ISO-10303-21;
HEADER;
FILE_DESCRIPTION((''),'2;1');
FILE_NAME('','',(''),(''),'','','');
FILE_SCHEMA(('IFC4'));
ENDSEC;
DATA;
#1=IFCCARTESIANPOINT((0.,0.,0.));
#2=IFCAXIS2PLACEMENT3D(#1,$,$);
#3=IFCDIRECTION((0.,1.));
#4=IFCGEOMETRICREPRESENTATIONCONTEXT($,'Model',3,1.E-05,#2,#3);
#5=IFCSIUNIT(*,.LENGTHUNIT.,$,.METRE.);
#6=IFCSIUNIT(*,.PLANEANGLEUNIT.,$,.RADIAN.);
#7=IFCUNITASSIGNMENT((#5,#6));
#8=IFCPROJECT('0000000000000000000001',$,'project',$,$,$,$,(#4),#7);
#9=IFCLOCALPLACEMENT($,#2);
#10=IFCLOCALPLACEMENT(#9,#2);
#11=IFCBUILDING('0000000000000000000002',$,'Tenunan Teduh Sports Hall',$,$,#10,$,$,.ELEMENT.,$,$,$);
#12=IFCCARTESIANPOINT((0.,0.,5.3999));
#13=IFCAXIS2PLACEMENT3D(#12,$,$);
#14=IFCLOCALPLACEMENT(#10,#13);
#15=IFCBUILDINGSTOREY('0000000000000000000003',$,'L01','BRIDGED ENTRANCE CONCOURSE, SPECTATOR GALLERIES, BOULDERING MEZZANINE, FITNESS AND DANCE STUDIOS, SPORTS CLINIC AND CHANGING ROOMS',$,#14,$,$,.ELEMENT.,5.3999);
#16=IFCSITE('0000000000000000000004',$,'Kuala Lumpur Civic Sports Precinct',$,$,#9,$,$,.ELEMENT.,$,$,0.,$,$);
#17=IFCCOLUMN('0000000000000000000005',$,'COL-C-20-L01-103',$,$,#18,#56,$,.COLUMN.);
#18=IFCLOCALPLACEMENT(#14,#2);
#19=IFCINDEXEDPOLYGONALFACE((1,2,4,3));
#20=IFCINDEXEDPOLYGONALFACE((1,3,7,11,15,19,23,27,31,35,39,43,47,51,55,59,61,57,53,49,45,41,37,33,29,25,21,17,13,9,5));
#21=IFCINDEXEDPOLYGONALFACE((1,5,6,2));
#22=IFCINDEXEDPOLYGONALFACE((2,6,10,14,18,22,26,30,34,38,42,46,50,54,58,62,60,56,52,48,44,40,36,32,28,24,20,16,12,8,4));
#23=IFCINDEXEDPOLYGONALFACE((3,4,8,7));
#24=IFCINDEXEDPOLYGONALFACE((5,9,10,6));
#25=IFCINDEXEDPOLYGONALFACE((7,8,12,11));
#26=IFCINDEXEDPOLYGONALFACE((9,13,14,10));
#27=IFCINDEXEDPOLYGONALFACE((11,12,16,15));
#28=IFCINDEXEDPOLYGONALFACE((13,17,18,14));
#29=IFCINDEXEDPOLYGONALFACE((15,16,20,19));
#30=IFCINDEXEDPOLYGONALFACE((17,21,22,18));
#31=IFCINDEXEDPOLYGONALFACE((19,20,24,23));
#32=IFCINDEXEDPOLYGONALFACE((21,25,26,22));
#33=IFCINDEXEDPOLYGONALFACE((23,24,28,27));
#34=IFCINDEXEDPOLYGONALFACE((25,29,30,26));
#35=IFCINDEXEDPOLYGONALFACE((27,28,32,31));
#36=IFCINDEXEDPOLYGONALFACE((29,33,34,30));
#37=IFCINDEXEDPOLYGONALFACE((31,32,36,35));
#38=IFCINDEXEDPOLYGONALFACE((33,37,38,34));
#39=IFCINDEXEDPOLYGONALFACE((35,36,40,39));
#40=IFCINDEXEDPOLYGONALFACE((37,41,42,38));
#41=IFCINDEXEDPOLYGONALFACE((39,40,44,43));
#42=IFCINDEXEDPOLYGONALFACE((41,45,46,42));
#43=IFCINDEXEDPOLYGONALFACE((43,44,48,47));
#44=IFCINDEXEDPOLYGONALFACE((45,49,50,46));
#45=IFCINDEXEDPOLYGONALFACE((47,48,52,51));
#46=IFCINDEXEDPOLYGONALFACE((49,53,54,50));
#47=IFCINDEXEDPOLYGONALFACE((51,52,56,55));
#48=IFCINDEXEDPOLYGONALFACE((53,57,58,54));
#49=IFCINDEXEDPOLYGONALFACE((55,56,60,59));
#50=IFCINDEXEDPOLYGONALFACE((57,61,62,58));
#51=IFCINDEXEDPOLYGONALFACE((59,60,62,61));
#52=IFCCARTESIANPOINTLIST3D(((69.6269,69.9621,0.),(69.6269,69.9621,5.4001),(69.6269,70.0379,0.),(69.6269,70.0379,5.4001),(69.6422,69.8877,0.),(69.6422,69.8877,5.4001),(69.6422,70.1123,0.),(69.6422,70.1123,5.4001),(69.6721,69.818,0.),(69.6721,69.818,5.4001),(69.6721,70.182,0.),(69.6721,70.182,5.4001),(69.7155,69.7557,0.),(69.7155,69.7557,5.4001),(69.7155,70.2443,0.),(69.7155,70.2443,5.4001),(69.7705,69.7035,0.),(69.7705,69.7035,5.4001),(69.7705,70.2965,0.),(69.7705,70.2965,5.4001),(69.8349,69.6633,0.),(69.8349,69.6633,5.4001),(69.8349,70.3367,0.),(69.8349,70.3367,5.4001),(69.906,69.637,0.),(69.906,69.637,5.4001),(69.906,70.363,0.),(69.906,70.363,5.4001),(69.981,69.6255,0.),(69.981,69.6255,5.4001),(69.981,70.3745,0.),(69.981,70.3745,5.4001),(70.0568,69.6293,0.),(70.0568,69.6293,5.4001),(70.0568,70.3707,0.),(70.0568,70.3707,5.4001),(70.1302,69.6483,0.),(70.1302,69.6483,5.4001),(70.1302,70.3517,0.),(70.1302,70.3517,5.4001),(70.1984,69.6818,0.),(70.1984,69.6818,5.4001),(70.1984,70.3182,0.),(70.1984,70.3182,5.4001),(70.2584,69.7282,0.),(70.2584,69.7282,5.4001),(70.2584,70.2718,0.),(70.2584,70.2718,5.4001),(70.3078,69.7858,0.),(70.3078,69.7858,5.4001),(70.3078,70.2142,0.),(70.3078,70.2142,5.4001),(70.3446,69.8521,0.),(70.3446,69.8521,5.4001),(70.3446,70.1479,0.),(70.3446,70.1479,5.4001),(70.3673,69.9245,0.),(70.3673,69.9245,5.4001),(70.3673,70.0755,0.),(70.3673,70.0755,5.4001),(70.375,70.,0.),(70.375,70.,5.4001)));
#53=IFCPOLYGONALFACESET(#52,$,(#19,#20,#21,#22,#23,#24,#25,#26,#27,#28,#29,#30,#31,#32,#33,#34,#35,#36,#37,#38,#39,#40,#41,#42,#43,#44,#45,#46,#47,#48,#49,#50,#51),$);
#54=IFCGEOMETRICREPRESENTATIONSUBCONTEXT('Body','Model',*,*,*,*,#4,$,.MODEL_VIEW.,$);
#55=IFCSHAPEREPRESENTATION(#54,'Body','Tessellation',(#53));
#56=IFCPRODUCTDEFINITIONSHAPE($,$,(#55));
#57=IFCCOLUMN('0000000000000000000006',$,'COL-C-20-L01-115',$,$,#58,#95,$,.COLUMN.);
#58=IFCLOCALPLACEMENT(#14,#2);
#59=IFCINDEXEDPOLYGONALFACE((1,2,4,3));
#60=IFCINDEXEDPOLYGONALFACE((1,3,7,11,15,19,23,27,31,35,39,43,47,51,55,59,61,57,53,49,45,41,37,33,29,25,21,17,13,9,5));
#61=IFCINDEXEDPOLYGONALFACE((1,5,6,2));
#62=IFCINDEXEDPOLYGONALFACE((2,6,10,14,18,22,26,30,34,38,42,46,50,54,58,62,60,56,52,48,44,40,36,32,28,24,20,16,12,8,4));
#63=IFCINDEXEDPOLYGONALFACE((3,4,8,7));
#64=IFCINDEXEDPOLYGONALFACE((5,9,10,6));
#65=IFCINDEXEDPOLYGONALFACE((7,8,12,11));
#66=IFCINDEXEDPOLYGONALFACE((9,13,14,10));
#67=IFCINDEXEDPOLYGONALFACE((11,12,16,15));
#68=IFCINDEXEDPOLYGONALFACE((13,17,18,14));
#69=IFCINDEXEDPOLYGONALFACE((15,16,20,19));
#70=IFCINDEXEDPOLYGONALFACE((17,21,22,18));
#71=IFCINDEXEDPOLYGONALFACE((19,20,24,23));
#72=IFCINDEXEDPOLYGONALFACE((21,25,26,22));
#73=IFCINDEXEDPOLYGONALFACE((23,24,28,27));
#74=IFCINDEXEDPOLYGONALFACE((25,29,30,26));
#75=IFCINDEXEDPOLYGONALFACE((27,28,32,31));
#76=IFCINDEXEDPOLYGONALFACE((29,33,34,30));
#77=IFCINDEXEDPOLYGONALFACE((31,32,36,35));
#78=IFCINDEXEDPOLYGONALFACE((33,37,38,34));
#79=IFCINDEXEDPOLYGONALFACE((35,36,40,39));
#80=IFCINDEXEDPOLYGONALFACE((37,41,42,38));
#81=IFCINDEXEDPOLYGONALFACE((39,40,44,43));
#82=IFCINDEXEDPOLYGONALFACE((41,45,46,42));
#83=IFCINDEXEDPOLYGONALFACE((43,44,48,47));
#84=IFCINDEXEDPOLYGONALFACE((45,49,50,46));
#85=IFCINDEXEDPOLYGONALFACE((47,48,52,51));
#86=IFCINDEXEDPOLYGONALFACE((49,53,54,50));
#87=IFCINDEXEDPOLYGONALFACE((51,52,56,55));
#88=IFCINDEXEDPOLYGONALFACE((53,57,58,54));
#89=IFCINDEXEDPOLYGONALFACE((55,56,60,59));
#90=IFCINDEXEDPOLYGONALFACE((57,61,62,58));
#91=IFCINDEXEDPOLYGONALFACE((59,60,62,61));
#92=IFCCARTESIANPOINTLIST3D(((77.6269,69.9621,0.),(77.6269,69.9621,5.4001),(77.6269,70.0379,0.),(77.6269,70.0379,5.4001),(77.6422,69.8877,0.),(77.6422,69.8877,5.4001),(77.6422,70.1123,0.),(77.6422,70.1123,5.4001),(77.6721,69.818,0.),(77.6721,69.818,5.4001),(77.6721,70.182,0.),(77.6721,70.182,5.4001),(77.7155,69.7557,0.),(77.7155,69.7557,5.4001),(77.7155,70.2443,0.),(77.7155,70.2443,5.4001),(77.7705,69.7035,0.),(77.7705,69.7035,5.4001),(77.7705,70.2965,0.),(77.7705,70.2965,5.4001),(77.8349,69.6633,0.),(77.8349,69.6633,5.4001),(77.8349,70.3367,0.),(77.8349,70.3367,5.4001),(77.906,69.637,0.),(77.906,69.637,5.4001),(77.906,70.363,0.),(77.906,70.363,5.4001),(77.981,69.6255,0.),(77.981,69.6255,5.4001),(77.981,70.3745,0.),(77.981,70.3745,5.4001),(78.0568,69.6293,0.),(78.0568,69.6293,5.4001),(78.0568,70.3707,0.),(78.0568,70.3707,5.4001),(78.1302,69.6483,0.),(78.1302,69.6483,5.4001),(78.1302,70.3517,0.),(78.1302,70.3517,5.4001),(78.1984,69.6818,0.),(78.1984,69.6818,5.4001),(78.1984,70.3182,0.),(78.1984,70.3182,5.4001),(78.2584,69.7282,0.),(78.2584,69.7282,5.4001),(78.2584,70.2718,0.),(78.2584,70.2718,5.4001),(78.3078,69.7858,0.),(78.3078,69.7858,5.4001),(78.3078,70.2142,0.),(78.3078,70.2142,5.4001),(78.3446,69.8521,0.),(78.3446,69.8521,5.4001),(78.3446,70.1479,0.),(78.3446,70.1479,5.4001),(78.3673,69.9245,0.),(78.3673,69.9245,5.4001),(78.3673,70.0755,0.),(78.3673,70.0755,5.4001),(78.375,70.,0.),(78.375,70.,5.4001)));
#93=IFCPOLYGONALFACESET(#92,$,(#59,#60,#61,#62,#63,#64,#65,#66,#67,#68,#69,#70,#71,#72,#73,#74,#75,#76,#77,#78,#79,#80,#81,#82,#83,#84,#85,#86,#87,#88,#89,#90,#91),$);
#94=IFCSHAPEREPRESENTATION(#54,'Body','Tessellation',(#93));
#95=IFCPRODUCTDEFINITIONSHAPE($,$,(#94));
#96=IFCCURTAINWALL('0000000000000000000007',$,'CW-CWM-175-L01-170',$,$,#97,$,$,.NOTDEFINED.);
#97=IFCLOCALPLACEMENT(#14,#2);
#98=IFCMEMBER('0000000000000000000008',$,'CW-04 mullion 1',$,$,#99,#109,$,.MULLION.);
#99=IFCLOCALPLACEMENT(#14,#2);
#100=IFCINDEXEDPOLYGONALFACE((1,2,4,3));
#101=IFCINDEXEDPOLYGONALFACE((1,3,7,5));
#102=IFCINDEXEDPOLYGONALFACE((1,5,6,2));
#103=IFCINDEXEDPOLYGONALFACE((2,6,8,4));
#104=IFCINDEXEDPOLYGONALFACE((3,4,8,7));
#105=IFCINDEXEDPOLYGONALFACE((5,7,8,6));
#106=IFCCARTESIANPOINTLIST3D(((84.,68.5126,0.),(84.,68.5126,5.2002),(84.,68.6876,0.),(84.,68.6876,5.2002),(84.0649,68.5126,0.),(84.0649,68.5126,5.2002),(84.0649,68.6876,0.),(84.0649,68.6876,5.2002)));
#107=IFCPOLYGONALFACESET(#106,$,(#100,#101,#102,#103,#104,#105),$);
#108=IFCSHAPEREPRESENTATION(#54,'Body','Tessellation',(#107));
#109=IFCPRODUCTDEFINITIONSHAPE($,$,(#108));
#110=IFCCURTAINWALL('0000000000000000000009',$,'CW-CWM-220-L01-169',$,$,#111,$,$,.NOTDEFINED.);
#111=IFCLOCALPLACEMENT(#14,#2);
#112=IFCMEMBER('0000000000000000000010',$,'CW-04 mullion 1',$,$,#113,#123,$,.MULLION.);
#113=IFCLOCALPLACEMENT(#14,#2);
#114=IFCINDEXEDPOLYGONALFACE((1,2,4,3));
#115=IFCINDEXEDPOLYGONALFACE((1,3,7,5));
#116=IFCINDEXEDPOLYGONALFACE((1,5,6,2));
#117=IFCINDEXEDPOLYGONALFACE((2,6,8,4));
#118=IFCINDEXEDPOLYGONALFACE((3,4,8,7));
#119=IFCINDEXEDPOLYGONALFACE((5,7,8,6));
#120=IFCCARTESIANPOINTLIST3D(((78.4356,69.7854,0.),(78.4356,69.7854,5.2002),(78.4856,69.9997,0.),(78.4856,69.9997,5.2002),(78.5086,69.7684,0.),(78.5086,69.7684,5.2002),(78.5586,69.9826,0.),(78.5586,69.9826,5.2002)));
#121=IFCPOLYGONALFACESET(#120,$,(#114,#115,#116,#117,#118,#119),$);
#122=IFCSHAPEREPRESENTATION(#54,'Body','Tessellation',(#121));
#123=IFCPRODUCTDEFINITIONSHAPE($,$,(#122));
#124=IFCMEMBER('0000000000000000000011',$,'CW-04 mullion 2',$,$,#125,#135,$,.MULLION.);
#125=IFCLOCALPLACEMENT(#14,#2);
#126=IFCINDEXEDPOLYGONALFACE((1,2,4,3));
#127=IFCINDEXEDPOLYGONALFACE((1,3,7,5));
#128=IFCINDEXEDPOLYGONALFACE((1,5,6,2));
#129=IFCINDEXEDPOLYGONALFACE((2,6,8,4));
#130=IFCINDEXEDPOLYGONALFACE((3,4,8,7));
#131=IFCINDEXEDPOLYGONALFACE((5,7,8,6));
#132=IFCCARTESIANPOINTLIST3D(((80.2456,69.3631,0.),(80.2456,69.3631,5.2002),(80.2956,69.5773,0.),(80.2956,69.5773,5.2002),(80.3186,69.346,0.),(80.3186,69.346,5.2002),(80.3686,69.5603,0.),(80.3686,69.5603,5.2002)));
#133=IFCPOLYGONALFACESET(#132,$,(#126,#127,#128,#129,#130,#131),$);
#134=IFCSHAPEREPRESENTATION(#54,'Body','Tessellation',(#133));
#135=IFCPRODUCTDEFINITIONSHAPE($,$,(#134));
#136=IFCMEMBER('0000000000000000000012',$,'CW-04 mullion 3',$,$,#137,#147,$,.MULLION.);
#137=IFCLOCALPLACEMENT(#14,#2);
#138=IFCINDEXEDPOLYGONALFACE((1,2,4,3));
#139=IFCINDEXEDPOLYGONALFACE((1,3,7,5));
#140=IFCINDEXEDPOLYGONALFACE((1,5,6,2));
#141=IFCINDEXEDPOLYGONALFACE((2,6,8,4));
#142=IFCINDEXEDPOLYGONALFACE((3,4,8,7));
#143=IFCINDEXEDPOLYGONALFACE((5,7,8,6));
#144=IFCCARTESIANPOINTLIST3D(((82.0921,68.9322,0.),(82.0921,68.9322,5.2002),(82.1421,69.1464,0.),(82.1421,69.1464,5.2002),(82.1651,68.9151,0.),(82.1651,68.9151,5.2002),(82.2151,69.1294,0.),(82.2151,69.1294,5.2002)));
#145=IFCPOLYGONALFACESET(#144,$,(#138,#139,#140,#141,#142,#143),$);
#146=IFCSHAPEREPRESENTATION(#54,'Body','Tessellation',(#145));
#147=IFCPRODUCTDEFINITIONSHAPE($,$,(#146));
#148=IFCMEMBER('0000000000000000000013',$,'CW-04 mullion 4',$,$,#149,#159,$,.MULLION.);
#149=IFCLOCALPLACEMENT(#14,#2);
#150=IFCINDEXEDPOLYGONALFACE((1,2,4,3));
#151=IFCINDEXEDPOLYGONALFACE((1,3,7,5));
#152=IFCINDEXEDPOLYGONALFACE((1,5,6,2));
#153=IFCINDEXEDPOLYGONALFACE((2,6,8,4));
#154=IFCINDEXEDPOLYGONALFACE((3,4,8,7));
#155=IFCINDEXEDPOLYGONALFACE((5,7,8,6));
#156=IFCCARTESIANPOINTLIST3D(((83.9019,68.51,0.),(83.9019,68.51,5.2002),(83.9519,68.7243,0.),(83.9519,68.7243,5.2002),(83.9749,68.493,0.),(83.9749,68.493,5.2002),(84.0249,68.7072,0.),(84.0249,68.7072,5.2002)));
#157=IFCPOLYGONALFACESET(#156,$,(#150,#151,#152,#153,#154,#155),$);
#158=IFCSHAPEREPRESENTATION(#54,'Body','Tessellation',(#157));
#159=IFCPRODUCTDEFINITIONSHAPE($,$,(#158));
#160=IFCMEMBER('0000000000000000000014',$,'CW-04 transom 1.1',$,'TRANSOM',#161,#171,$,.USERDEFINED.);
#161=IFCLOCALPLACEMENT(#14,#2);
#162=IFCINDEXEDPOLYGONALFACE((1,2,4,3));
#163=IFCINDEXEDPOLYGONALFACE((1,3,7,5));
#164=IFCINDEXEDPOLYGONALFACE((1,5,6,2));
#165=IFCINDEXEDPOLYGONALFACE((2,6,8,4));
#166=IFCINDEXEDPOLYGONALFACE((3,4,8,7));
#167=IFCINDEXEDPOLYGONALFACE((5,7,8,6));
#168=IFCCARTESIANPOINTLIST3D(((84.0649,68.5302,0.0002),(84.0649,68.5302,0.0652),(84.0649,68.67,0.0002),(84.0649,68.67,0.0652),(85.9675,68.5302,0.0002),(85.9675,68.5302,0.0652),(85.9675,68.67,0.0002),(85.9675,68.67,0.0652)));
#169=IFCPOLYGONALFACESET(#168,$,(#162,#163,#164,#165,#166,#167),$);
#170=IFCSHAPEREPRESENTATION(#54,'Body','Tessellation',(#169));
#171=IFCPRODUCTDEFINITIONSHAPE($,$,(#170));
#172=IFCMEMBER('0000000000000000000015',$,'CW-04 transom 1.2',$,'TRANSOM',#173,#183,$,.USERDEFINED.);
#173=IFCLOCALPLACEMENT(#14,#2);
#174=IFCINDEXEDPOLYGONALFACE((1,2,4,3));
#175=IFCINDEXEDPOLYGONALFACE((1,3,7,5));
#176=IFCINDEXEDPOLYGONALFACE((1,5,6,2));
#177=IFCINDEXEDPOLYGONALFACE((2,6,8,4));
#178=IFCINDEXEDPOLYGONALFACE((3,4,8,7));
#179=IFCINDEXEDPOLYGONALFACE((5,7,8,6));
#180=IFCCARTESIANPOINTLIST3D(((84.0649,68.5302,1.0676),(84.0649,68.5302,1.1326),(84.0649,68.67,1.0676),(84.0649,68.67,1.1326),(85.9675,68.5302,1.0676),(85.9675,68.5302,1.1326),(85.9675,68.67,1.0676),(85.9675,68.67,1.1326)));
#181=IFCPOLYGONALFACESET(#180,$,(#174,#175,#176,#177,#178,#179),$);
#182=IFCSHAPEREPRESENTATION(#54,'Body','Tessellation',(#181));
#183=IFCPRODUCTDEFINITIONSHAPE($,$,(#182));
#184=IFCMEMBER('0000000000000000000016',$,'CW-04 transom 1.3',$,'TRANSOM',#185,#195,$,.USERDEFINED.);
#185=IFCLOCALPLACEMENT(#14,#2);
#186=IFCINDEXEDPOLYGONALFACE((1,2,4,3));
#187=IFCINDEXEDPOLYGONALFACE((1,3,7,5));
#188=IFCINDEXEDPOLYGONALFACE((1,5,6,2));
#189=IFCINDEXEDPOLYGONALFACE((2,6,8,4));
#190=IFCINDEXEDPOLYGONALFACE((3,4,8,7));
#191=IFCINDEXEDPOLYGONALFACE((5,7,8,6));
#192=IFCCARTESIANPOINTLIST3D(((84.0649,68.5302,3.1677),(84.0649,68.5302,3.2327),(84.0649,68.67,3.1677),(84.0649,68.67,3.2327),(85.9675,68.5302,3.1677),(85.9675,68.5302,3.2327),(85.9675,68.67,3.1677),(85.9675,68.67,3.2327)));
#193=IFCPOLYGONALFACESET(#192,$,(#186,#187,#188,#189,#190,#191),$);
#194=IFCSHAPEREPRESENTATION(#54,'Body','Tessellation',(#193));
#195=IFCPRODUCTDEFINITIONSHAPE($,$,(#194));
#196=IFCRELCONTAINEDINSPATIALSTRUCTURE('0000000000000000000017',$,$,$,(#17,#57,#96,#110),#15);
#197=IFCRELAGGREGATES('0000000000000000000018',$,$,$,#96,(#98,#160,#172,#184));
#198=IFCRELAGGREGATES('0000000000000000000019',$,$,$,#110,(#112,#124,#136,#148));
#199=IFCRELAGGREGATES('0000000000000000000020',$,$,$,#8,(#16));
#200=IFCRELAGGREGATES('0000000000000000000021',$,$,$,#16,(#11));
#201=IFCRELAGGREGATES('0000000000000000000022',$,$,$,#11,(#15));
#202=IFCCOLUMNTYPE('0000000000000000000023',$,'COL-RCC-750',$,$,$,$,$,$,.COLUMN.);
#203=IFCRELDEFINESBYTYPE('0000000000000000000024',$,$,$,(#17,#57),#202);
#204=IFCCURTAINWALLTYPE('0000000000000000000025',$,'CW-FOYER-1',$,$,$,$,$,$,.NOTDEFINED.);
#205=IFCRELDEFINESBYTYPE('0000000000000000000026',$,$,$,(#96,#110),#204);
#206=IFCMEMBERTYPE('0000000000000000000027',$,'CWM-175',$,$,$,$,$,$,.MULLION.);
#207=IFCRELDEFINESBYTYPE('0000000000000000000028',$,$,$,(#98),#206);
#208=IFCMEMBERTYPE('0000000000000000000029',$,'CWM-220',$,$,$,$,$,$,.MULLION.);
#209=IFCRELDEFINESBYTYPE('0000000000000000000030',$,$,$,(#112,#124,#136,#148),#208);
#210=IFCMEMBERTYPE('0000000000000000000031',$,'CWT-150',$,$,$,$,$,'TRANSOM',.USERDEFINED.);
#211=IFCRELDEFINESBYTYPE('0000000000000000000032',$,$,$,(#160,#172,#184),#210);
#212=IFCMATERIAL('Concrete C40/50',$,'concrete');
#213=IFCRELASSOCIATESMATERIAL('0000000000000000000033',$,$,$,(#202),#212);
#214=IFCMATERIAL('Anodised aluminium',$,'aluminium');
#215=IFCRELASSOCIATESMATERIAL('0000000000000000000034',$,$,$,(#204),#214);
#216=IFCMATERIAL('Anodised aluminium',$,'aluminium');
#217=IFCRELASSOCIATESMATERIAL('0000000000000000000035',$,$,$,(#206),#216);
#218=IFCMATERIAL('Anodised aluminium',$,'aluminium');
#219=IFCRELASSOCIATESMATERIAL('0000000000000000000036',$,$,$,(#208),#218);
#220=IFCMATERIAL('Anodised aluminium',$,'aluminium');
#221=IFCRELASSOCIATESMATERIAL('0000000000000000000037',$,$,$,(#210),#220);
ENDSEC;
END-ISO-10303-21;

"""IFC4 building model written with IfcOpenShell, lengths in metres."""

from ifc_helpers import new_model, si_unit, direction, frame, origin, origin_2d, place, context, subcontext, project, spatial, rectangle, circle, extrude, material, material_profile, profile_set, type_object, element, aggregate, save


model = new_model("IFC4")

# Units and contexts
model_context = context("Model", 3, precision=1e-05, world=origin(), true_north=direction((0.0, 1.0)))
body_context = subcontext(model_context, "Body", "Model", "MODEL_VIEW")
ifc_project = project(units=[si_unit("LENGTHUNIT", "METRE"), si_unit("PLANEANGLEUNIT", "RADIAN")], contexts=[model_context])

# Site, building, storey
site_placement = place(None, origin())
site = spatial("IfcSite", under=ifc_project, at=site_placement, Name="Kuala Lumpur Civic Sports Precinct", CompositionType="ELEMENT", RefElevation=0.0)
building_placement = place(site_placement, origin())
building = spatial("IfcBuilding", under=site, at=building_placement, Name="Tenunan Teduh Sports Hall", CompositionType="ELEMENT")
storey_placement = place(building_placement, frame((0.0, 0.0, 5.3999)))
storey = spatial("IfcBuildingStorey", under=building, at=storey_placement, Name="L01", Description="BRIDGED ENTRANCE CONCOURSE, SPECTATOR GALLERIES, BOULDERING MEZZANINE, FITNESS AND DANCE STUDIOS, SPORTS CLINIC AND CHANGING ROOMS", CompositionType="ELEMENT", Elevation=5.3999)

# Columns
ifc_material_1 = material(Name="Concrete C40/50", Category="concrete")
ifc_material_profile_1 = material_profile(ifc_material_1, circle(Radius=0.375, at=origin_2d()), Name="RCC D750")
ifc_profile_set_1 = profile_set([ifc_material_profile_1], Name="Concrete C40/50")
column_type = type_object("IfcColumnType", Name="COL-RCC-750", PredefinedType="COLUMN", material=ifc_profile_set_1)
for number, where, z_axis, x_axis, name in (
    (1, (70.0, 70.0, 0.0), (0.0, 0.0, 1.0), (1.0, 0.0, 0.0), "COL-C-20-L01-103"),
    (2, (78.0, 70.0, 0.0), (0.0, 0.0, 1.0), (1.0, 0.0, 0.0), "COL-C-20-L01-115"),
):
    element("IfcColumn", number, at=place(storey_placement, frame(where, z_axis=z_axis, x_axis=x_axis)), inside=storey, type_object=column_type, Name=name, PredefinedType="COLUMN", context=body_context, shape_type="SweptSolid", body=[
        extrude(circle(Radius=0.375, at=origin_2d()), origin(), (0.0, 0.0, 1.0), 5.4001),
    ])

# Curtain wall, member
ifc_material_2 = material(Name="Anodised aluminium", Category="aluminium")
curtain_wall_type = type_object("IfcCurtainWallType", Name="CW-FOYER-1", PredefinedType="NOTDEFINED", material=ifc_material_2)
curtain_wall_1_placement = place(storey_placement, origin())
curtain_wall_1 = element("IfcCurtainWall", 3, at=curtain_wall_1_placement, inside=storey, type_object=curtain_wall_type, Name="CW-CWM-175-L01-170", PredefinedType="NOTDEFINED")
ifc_material_3 = material(Name="Anodised aluminium", Category="aluminium")
ifc_material_profile_2 = material_profile(ifc_material_3, rectangle(XDim=0.0649, YDim=0.175, at=origin_2d()), Name="CWM 65x175")
ifc_profile_set_2 = profile_set([ifc_material_profile_2], Name="Anodised aluminium")
member_type_1 = type_object("IfcMemberType", Name="CWM-175", PredefinedType="MULLION", material=ifc_profile_set_2)
member_1_placement = place(storey_placement, frame((84.0325, 68.6001, 0.0), z_axis=(0.0, 0.0, 1.0), x_axis=(1.0, 0.0, 0.0)))
member_1 = element("IfcMember", 4, at=member_1_placement, type_object=member_type_1, Name="CW-04 mullion 1", PredefinedType="MULLION", context=body_context, shape_type="SweptSolid", body=[
    extrude(rectangle(XDim=0.0649, YDim=0.175, at=origin_2d()), origin(), (0.0, 0.0, 1.0), 5.2002),
])

# Curtain wall, members
curtain_wall_2_placement = place(storey_placement, origin())
curtain_wall_2 = element("IfcCurtainWall", 5, at=curtain_wall_2_placement, inside=storey, type_object=curtain_wall_type, Name="CW-CWM-220-L01-169", PredefinedType="NOTDEFINED")
ifc_material_4 = material(Name="Anodised aluminium", Category="aluminium")
ifc_material_profile_3 = material_profile(ifc_material_4, rectangle(XDim=0.075, YDim=0.22, at=origin_2d()), Name="CWM 75x220")
ifc_profile_set_3 = profile_set([ifc_material_profile_3], Name="Anodised aluminium")
member_type_2 = type_object("IfcMemberType", Name="CWM-220", PredefinedType="MULLION", material=ifc_profile_set_3)
member_2_placement = place(storey_placement, frame((78.4971, 69.884, 0.0), z_axis=(0.0, 0.0, 1.0), x_axis=(-0.973842, 0.227226, 0.0)))
member_2 = element("IfcMember", 6, at=member_2_placement, type_object=member_type_2, Name="CW-04 mullion 1", PredefinedType="MULLION", context=body_context, shape_type="SweptSolid", body=[
    extrude(rectangle(XDim=0.075, YDim=0.22, at=origin_2d()), origin(), (0.0, 0.0, 1.0), 5.2002),
])
member_3_placement = place(storey_placement, frame((80.3071, 69.4617, 0.0), z_axis=(0.0, 0.0, 1.0), x_axis=(-0.973842, 0.227226, 0.0)))
member_3 = element("IfcMember", 7, at=member_3_placement, type_object=member_type_2, Name="CW-04 mullion 2", PredefinedType="MULLION", context=body_context, shape_type="SweptSolid", body=[
    extrude(rectangle(XDim=0.075, YDim=0.22, at=origin_2d()), origin(), (0.0, 0.0, 1.0), 5.2002),
])
member_4_placement = place(storey_placement, frame((82.1536, 69.0308, 0.0), z_axis=(0.0, 0.0, 1.0), x_axis=(-0.973842, 0.227226, 0.0)))
member_4 = element("IfcMember", 8, at=member_4_placement, type_object=member_type_2, Name="CW-04 mullion 3", PredefinedType="MULLION", context=body_context, shape_type="SweptSolid", body=[
    extrude(rectangle(XDim=0.075, YDim=0.22, at=origin_2d()), origin(), (0.0, 0.0, 1.0), 5.2002),
])
member_5_placement = place(storey_placement, frame((83.9634, 68.6086, 0.0), z_axis=(0.0, 0.0, 1.0), x_axis=(-0.973842, 0.227226, 0.0)))
member_5 = element("IfcMember", 9, at=member_5_placement, type_object=member_type_2, Name="CW-04 mullion 4", PredefinedType="MULLION", context=body_context, shape_type="SweptSolid", body=[
    extrude(rectangle(XDim=0.075, YDim=0.22, at=origin_2d()), origin(), (0.0, 0.0, 1.0), 5.2002),
])

# Members
ifc_material_5 = material(Name="Anodised aluminium", Category="aluminium")
ifc_material_profile_4 = material_profile(ifc_material_5, rectangle(XDim=0.0649, YDim=0.1399, at=origin_2d()), Name="CWT 65x140")
ifc_profile_set_4 = profile_set([ifc_material_profile_4], Name="Anodised aluminium")
member_type_3 = type_object("IfcMemberType", Name="CWT-150", ElementType="TRANSOM", PredefinedType="USERDEFINED", material=ifc_profile_set_4)
member_6_placement = place(storey_placement, frame((84.0649, 68.6001, 0.0327), z_axis=(1.0, 0.0, 0.0), x_axis=(0.0, 0.0, 1.0)))
member_6 = element("IfcMember", 10, at=member_6_placement, type_object=member_type_3, Name="CW-04 transom 1.1", ObjectType="TRANSOM", PredefinedType="USERDEFINED", context=body_context, shape_type="SweptSolid", body=[
    extrude(rectangle(XDim=0.0649, YDim=0.1399, at=origin_2d()), origin(), (0.0, 0.0, 1.0), 1.9026),
])
member_7_placement = place(storey_placement, frame((84.0649, 68.6001, 1.1001), z_axis=(1.0, 0.0, 0.0), x_axis=(0.0, 0.0, 1.0)))
member_7 = element("IfcMember", 11, at=member_7_placement, type_object=member_type_3, Name="CW-04 transom 1.2", ObjectType="TRANSOM", PredefinedType="USERDEFINED", context=body_context, shape_type="SweptSolid", body=[
    extrude(rectangle(XDim=0.0649, YDim=0.1399, at=origin_2d()), origin(), (0.0, 0.0, 1.0), 1.9026),
])
member_8_placement = place(storey_placement, frame((84.0649, 68.6001, 3.2002), z_axis=(1.0, 0.0, 0.0), x_axis=(0.0, 0.0, 1.0)))
member_8 = element("IfcMember", 12, at=member_8_placement, type_object=member_type_3, Name="CW-04 transom 1.3", ObjectType="TRANSOM", PredefinedType="USERDEFINED", context=body_context, shape_type="SweptSolid", body=[
    extrude(rectangle(XDim=0.0649, YDim=0.1399, at=origin_2d()), origin(), (0.0, 0.0, 1.0), 1.9026),
])
aggregate(curtain_wall_1, [member_1, member_6, member_7, member_8])

aggregate(curtain_wall_2, [member_2, member_3, member_4, member_5])

save(model, "model.ifc")
